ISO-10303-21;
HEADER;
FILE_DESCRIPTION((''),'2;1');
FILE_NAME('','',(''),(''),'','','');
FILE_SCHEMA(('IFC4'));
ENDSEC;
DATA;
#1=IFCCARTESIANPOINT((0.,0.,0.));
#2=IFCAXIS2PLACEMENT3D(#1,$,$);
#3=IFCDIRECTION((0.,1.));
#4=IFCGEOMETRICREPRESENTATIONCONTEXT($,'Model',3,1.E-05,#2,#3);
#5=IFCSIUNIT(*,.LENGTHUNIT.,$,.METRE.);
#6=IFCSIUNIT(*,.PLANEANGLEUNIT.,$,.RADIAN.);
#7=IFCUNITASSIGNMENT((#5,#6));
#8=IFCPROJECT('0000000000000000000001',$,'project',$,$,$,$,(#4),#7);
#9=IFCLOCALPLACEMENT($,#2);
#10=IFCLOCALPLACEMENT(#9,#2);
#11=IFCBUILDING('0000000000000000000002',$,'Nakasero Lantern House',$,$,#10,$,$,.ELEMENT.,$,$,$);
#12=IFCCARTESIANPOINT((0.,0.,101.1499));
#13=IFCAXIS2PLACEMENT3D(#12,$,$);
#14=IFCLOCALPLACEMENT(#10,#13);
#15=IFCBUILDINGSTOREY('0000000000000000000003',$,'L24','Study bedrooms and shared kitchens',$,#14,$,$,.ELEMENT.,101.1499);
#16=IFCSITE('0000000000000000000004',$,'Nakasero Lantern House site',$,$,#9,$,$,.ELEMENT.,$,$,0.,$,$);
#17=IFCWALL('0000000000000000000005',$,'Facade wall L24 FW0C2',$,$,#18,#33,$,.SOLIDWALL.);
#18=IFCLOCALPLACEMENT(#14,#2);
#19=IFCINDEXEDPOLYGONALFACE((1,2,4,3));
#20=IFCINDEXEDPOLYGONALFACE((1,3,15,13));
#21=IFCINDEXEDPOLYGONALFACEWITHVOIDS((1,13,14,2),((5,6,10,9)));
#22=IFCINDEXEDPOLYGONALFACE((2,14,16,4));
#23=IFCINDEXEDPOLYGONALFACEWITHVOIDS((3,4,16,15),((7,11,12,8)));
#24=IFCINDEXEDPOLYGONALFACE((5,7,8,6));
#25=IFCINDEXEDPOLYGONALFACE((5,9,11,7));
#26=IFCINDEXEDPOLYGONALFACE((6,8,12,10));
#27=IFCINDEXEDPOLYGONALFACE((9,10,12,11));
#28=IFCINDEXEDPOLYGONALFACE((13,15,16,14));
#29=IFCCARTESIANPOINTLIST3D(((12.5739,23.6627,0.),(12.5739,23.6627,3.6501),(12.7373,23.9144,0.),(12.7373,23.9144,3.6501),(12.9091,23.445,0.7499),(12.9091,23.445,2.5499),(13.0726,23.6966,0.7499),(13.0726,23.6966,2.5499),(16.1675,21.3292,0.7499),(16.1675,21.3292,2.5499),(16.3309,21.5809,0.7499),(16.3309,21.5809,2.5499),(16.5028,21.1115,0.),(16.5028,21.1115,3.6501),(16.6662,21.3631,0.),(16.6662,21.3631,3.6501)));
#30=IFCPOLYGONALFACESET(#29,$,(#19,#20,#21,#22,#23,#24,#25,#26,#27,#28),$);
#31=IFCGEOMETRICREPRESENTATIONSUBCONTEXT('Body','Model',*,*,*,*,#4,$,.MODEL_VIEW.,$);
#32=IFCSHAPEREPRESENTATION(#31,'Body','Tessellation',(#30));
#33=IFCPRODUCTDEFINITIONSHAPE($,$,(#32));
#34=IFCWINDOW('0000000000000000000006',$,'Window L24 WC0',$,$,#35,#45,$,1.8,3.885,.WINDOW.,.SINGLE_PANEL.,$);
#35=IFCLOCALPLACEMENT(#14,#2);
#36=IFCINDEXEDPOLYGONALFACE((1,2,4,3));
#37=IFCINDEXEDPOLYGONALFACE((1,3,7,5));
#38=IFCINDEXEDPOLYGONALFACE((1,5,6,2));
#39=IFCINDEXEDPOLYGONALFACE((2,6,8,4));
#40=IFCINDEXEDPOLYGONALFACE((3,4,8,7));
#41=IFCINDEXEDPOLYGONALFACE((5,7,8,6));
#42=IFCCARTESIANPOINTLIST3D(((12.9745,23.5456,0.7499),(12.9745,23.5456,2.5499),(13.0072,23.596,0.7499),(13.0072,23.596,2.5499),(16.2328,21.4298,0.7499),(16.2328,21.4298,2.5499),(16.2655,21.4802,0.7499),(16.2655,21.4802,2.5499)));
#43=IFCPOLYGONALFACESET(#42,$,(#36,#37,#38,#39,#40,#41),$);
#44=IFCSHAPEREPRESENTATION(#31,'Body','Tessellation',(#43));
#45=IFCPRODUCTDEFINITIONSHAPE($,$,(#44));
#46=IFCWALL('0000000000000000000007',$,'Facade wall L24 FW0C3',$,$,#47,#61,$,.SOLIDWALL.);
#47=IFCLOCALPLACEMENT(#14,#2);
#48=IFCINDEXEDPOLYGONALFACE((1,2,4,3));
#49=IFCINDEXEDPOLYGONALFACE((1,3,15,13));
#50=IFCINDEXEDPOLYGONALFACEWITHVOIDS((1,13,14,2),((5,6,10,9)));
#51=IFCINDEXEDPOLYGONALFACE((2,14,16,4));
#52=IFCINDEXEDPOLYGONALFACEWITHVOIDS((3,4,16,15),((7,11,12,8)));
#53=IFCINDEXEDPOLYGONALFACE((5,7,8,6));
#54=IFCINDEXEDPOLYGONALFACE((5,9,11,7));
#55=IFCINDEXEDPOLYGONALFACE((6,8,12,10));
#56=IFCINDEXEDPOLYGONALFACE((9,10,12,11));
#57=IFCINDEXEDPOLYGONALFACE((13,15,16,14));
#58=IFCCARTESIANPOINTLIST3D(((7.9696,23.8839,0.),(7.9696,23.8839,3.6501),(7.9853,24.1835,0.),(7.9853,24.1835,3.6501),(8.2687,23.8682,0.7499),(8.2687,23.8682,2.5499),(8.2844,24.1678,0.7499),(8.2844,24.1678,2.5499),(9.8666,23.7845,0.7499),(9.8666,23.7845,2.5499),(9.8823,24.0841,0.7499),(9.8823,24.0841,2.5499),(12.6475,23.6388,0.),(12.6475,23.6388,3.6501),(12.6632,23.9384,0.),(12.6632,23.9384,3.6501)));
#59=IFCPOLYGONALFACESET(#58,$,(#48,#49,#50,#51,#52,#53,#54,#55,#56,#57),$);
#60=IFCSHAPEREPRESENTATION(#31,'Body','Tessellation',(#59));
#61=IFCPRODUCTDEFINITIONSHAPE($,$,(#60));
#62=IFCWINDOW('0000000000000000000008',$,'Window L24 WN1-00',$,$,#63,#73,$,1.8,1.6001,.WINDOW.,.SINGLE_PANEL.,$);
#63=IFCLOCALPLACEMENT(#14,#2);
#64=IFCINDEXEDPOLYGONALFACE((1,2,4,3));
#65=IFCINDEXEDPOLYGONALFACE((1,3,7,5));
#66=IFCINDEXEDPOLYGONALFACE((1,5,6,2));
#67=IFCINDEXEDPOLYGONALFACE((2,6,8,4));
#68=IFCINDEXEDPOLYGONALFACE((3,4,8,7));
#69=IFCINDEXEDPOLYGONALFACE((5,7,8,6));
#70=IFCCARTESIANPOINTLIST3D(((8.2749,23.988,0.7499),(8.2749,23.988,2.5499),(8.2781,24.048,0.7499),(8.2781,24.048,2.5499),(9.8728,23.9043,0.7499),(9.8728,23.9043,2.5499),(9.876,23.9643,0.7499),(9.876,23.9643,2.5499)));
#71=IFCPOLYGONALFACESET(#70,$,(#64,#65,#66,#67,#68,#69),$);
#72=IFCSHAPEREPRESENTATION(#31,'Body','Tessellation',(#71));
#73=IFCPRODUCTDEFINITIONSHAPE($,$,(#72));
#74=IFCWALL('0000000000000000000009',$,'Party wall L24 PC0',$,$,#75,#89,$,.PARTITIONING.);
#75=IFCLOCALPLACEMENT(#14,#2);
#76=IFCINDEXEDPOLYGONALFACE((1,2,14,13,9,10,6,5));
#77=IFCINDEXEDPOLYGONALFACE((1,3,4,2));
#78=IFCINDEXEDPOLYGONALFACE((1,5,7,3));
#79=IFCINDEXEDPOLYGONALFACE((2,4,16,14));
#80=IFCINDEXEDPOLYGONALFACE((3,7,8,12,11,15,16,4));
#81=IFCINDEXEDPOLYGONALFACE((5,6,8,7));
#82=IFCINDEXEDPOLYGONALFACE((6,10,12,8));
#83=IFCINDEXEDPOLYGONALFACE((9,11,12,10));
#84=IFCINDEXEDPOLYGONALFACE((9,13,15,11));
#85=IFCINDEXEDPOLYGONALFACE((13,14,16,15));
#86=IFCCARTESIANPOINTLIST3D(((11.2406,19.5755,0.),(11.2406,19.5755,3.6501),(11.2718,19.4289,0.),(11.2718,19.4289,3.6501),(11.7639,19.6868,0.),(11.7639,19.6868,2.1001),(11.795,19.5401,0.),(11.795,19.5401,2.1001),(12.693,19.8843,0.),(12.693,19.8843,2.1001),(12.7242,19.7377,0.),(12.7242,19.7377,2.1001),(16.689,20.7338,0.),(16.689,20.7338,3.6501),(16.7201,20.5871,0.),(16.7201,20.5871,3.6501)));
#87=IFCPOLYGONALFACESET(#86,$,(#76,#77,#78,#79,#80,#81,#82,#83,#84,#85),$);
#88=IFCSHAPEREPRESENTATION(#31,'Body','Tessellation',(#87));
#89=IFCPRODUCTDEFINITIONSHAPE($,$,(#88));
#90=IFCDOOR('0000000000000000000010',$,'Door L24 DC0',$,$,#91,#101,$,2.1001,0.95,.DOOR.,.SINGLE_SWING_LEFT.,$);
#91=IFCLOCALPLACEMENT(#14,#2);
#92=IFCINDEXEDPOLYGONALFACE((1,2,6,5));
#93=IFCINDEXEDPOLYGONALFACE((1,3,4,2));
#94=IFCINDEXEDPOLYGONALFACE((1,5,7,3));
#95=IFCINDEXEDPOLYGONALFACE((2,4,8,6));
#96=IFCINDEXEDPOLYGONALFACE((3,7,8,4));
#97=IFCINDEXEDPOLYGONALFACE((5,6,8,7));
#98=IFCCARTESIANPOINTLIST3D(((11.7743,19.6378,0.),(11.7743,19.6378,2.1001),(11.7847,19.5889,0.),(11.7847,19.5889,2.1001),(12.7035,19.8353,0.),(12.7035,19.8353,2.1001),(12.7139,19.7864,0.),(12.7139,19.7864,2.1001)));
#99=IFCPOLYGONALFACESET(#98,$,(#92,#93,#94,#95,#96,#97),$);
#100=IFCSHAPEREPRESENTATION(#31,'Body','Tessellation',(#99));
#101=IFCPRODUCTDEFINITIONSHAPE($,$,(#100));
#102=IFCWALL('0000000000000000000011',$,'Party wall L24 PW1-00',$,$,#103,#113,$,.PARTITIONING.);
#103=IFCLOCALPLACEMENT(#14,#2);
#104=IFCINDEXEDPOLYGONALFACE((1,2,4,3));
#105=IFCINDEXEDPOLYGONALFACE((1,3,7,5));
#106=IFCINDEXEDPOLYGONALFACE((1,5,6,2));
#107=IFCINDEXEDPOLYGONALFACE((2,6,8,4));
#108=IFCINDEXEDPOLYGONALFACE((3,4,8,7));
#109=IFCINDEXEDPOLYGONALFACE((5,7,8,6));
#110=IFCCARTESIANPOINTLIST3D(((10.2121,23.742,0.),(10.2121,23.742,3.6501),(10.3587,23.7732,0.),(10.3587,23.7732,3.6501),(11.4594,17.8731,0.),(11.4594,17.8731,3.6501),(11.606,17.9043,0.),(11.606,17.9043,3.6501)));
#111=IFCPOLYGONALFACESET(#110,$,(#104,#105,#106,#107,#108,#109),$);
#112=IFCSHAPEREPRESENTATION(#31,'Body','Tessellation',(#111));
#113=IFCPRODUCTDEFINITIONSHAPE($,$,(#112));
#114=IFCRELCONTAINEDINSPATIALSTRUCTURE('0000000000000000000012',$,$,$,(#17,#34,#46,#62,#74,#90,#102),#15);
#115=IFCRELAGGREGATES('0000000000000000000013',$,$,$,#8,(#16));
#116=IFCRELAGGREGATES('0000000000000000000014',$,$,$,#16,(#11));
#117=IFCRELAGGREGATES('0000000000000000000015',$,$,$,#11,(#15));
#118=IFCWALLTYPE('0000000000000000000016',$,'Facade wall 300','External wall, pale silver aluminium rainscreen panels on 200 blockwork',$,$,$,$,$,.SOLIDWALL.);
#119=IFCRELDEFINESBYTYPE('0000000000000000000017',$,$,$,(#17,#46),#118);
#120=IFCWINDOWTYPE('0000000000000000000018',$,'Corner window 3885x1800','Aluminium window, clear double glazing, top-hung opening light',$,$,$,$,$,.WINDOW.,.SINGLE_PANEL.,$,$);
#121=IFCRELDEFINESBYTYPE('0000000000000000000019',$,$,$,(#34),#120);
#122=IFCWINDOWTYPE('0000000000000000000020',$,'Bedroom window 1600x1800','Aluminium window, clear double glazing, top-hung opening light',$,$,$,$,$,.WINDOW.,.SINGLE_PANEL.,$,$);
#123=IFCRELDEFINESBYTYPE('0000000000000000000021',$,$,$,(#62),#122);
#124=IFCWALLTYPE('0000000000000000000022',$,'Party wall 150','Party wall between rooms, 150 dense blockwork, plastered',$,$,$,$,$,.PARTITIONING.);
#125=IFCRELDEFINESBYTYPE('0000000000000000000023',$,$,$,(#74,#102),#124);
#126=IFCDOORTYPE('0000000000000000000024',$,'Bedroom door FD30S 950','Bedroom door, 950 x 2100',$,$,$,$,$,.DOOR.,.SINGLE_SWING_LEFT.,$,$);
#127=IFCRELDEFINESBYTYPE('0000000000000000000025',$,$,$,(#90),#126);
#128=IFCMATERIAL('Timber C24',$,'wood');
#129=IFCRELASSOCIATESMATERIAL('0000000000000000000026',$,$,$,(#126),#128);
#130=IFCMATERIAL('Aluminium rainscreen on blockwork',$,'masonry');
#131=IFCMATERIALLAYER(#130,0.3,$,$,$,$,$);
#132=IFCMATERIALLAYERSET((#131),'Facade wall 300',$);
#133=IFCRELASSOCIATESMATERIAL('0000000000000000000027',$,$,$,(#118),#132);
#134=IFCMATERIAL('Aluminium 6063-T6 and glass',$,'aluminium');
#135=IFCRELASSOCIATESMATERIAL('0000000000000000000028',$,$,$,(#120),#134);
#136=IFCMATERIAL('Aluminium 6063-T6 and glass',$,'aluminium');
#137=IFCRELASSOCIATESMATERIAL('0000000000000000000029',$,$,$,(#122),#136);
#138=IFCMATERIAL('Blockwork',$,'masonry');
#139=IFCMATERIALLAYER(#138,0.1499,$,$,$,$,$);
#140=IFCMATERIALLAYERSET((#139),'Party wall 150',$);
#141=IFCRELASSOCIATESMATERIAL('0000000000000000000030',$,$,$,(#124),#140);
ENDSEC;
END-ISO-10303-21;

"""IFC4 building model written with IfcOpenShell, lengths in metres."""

from ifc_helpers import new_model, si_unit, direction, frame, frame_2d, origin, place, context, subcontext, project, spatial, rectangle, extrude, material, layer, layer_set, type_object, element, fill, save


model = new_model("IFC4")

# Units and contexts
model_context = context("Model", 3, precision=1e-05, world=origin(), true_north=direction((0.0, 1.0)))
body_context = subcontext(model_context, "Body", "Model", "MODEL_VIEW")
ifc_project = project(units=[si_unit("LENGTHUNIT", "METRE"), si_unit("PLANEANGLEUNIT", "RADIAN")], contexts=[model_context])

# Site, building, storey
site_placement = place(None, origin())
site = spatial("IfcSite", under=ifc_project, at=site_placement, Name="Nakasero Lantern House site", CompositionType="ELEMENT", RefElevation=0.0)
building_placement = place(site_placement, origin())
building = spatial("IfcBuilding", under=site, at=building_placement, Name="Nakasero Lantern House", CompositionType="ELEMENT")
storey_placement = place(building_placement, frame((0.0, 0.0, 101.1499)))
storey = spatial("IfcBuildingStorey", under=building, at=storey_placement, Name="L24", Description="Study bedrooms and shared kitchens", CompositionType="ELEMENT", Elevation=101.1499)

# Shared definitions
ifc_material_1 = material(Name="Timber C24", Category="wood")
door_type_1 = type_object("IfcDoorType", Name="Bedroom door FD30S 950", Description="Bedroom door, 950 x 2100", OperationType="SINGLE_SWING_LEFT", PredefinedType="DOOR", material=ifc_material_1)

# Walls, openings, windows
ifc_material_2 = material(Name="Aluminium rainscreen on blockwork", Category="masonry")
ifc_layer_1 = layer(ifc_material_2, 0.3)
ifc_layer_set_1 = layer_set([ifc_layer_1], Name="Facade wall 300")
wall_type_1 = type_object("IfcWallType", Name="Facade wall 300", Description="External wall, pale silver aluminium rainscreen panels on 200 blockwork", PredefinedType="SOLIDWALL", material=ifc_layer_set_1)
wall_1_placement = place(storey_placement, frame((16.5845, 21.2373, 0.0), z_axis=(0.0, 0.0, 1.0), x_axis=(-0.838692, 0.544605, 0.0)))
wall_1 = element("IfcWall", 1, at=wall_1_placement, inside=storey, type_object=wall_type_1, Name="Facade wall L24 FW0C2", PredefinedType="SOLIDWALL", context=body_context, shape_type="SweptSolid", body=[
    extrude(rectangle(XDim=4.6846, YDim=0.3, at=frame_2d((2.3423, 0.0))), origin(), (0.0, 0.0, 1.0), 3.6501),
])
opening_1_placement = place(wall_1_placement, frame((0.3999, 0.0, 0.75)))
opening_1 = element("IfcOpeningElement", 2, at=opening_1_placement, cuts=wall_1, PredefinedType="OPENING", context=body_context, shape_type="SweptSolid", body=[
    extrude(rectangle(XDim=3.885, YDim=1.8, at=frame_2d((1.9424, 0.8999))), frame((0.0, 0.1699, 0.0), z_axis=(0.0, -1.0, 0.0), x_axis=(1.0, 0.0, 0.0)), (0.0, 0.0, 1.0), 0.3401),
])
ifc_material_3 = material(Name="Aluminium 6063-T6 and glass", Category="aluminium")
window_type_1 = type_object("IfcWindowType", Name="Corner window 3885x1800", Description="Aluminium window, clear double glazing, top-hung opening light", PartitioningType="SINGLE_PANEL", PredefinedType="WINDOW", material=ifc_material_3)
window_1_placement = place(opening_1_placement, origin())
window_1 = element("IfcWindow", 3, at=window_1_placement, inside=storey, type_object=window_type_1, Name="Window L24 WC0", OverallHeight=1.8, OverallWidth=3.885, PartitioningType="SINGLE_PANEL", PredefinedType="WINDOW", context=body_context, shape_type="SweptSolid", body=[
    extrude(rectangle(XDim=3.885, YDim=1.8, at=frame_2d((1.9424, 0.8999))), frame((0.0, 0.03, 0.0), z_axis=(0.0, -1.0, 0.0), x_axis=(1.0, 0.0, 0.0)), (0.0, 0.0, 1.0), 0.0601),
])
fill(opening_1, window_1)
wall_2_placement = place(storey_placement, frame((12.6555, 23.7886, 0.0), z_axis=(0.0, 0.0, 1.0), x_axis=(-0.99863, 0.052326, 0.0)))
wall_2 = element("IfcWall", 4, at=wall_2_placement, inside=storey, type_object=wall_type_1, Name="Facade wall L24 FW0C3", PredefinedType="SOLIDWALL", context=body_context, shape_type="SweptSolid", body=[
    extrude(rectangle(XDim=4.6843, YDim=0.3, at=frame_2d((2.3423, 0.0))), origin(), (0.0, 0.0, 1.0), 3.6501),
])
opening_2_placement = place(wall_2_placement, frame((2.7849, 0.0, 0.75)))
opening_2 = element("IfcOpeningElement", 5, at=opening_2_placement, cuts=wall_2, PredefinedType="OPENING", context=body_context, shape_type="SweptSolid", body=[
    extrude(rectangle(XDim=1.6001, YDim=1.8, at=frame_2d((0.8, 0.8999))), frame((0.0, 0.1699, 0.0), z_axis=(0.0, -1.0, 0.0), x_axis=(1.0, 0.0, 0.0)), (0.0, 0.0, 1.0), 0.3401),
])
ifc_material_4 = material(Name="Aluminium 6063-T6 and glass", Category="aluminium")
window_type_2 = type_object("IfcWindowType", Name="Bedroom window 1600x1800", Description="Aluminium window, clear double glazing, top-hung opening light", PartitioningType="SINGLE_PANEL", PredefinedType="WINDOW", material=ifc_material_4)
window_2_placement = place(opening_2_placement, origin())
window_2 = element("IfcWindow", 6, at=window_2_placement, inside=storey, type_object=window_type_2, Name="Window L24 WN1-00", OverallHeight=1.8, OverallWidth=1.6001, PartitioningType="SINGLE_PANEL", PredefinedType="WINDOW", context=body_context, shape_type="SweptSolid", body=[
    extrude(rectangle(XDim=1.6001, YDim=1.8, at=frame_2d((0.8, 0.8999))), frame((0.0, 0.03, 0.0), z_axis=(0.0, -1.0, 0.0), x_axis=(1.0, 0.0, 0.0)), (0.0, 0.0, 1.0), 0.0601),
])
fill(opening_2, window_2)

# Wall, opening, door
ifc_material_5 = material(Name="Blockwork", Category="masonry")
ifc_layer_2 = layer(ifc_material_5, 0.1499)
ifc_layer_set_2 = layer_set([ifc_layer_2], Name="Party wall 150")
wall_type_2 = type_object("IfcWallType", Name="Party wall 150", Description="Party wall between rooms, 150 dense blockwork, plastered", PredefinedType="PARTITIONING", material=ifc_layer_set_2)
wall_3_placement = place(storey_placement, frame((11.2561, 19.5022, 0.0), z_axis=(0.0, 0.0, 1.0), x_axis=(0.978142, 0.207936, 0.0)))
wall_3 = element("IfcWall", 7, at=wall_3_placement, inside=storey, type_object=wall_type_2, Name="Party wall L24 PC0", PredefinedType="PARTITIONING", context=body_context, shape_type="SweptSolid", body=[
    extrude(rectangle(XDim=5.5701, YDim=0.1499, at=frame_2d((2.7852, 0.0))), origin(), (0.0, 0.0, 1.0), 3.6501),
])
opening_3_placement = place(wall_3_placement, frame((0.5349, 0.0, 0.0)))
opening_3 = element("IfcOpeningElement", 8, at=opening_3_placement, cuts=wall_3, PredefinedType="OPENING", context=body_context, shape_type="SweptSolid", body=[
    extrude(rectangle(XDim=0.95, YDim=2.1001, at=frame_2d((0.4751, 1.05))), frame((0.0, 0.095, 0.0), z_axis=(0.0, -1.0, 0.0), x_axis=(1.0, 0.0, 0.0)), (0.0, 0.0, 1.0), 0.1899),
])
door_1_placement = place(opening_3_placement, origin())
door_1 = element("IfcDoor", 9, at=door_1_placement, inside=storey, type_object=door_type_1, Name="Door L24 DC0", OperationType="SINGLE_SWING_LEFT", OverallHeight=2.1001, OverallWidth=0.95, PredefinedType="DOOR", context=body_context, shape_type="SweptSolid", body=[
    extrude(rectangle(XDim=0.95, YDim=2.1001, at=frame_2d((0.4751, 1.05))), frame((0.0, 0.0249, 0.0), z_axis=(0.0, -1.0, 0.0), x_axis=(1.0, 0.0, 0.0)), (0.0, 0.0, 1.0), 0.05),
])
fill(opening_3, door_1)

# Wall
wall_4_placement = place(storey_placement, frame((11.5327, 17.8887, 0.0), z_axis=(0.0, 0.0, 1.0), x_axis=(-0.207886, 0.978153, 0.0)))
element("IfcWall", 10, at=wall_4_placement, inside=storey, type_object=wall_type_2, Name="Party wall L24 PW1-00", PredefinedType="PARTITIONING", context=body_context, shape_type="SweptSolid", body=[
    extrude(rectangle(XDim=6.0, YDim=0.1499, at=frame_2d((3.0, 0.0))), origin(), (0.0, 0.0, 1.0), 3.6501),
])

save(model, "model.ifc")
